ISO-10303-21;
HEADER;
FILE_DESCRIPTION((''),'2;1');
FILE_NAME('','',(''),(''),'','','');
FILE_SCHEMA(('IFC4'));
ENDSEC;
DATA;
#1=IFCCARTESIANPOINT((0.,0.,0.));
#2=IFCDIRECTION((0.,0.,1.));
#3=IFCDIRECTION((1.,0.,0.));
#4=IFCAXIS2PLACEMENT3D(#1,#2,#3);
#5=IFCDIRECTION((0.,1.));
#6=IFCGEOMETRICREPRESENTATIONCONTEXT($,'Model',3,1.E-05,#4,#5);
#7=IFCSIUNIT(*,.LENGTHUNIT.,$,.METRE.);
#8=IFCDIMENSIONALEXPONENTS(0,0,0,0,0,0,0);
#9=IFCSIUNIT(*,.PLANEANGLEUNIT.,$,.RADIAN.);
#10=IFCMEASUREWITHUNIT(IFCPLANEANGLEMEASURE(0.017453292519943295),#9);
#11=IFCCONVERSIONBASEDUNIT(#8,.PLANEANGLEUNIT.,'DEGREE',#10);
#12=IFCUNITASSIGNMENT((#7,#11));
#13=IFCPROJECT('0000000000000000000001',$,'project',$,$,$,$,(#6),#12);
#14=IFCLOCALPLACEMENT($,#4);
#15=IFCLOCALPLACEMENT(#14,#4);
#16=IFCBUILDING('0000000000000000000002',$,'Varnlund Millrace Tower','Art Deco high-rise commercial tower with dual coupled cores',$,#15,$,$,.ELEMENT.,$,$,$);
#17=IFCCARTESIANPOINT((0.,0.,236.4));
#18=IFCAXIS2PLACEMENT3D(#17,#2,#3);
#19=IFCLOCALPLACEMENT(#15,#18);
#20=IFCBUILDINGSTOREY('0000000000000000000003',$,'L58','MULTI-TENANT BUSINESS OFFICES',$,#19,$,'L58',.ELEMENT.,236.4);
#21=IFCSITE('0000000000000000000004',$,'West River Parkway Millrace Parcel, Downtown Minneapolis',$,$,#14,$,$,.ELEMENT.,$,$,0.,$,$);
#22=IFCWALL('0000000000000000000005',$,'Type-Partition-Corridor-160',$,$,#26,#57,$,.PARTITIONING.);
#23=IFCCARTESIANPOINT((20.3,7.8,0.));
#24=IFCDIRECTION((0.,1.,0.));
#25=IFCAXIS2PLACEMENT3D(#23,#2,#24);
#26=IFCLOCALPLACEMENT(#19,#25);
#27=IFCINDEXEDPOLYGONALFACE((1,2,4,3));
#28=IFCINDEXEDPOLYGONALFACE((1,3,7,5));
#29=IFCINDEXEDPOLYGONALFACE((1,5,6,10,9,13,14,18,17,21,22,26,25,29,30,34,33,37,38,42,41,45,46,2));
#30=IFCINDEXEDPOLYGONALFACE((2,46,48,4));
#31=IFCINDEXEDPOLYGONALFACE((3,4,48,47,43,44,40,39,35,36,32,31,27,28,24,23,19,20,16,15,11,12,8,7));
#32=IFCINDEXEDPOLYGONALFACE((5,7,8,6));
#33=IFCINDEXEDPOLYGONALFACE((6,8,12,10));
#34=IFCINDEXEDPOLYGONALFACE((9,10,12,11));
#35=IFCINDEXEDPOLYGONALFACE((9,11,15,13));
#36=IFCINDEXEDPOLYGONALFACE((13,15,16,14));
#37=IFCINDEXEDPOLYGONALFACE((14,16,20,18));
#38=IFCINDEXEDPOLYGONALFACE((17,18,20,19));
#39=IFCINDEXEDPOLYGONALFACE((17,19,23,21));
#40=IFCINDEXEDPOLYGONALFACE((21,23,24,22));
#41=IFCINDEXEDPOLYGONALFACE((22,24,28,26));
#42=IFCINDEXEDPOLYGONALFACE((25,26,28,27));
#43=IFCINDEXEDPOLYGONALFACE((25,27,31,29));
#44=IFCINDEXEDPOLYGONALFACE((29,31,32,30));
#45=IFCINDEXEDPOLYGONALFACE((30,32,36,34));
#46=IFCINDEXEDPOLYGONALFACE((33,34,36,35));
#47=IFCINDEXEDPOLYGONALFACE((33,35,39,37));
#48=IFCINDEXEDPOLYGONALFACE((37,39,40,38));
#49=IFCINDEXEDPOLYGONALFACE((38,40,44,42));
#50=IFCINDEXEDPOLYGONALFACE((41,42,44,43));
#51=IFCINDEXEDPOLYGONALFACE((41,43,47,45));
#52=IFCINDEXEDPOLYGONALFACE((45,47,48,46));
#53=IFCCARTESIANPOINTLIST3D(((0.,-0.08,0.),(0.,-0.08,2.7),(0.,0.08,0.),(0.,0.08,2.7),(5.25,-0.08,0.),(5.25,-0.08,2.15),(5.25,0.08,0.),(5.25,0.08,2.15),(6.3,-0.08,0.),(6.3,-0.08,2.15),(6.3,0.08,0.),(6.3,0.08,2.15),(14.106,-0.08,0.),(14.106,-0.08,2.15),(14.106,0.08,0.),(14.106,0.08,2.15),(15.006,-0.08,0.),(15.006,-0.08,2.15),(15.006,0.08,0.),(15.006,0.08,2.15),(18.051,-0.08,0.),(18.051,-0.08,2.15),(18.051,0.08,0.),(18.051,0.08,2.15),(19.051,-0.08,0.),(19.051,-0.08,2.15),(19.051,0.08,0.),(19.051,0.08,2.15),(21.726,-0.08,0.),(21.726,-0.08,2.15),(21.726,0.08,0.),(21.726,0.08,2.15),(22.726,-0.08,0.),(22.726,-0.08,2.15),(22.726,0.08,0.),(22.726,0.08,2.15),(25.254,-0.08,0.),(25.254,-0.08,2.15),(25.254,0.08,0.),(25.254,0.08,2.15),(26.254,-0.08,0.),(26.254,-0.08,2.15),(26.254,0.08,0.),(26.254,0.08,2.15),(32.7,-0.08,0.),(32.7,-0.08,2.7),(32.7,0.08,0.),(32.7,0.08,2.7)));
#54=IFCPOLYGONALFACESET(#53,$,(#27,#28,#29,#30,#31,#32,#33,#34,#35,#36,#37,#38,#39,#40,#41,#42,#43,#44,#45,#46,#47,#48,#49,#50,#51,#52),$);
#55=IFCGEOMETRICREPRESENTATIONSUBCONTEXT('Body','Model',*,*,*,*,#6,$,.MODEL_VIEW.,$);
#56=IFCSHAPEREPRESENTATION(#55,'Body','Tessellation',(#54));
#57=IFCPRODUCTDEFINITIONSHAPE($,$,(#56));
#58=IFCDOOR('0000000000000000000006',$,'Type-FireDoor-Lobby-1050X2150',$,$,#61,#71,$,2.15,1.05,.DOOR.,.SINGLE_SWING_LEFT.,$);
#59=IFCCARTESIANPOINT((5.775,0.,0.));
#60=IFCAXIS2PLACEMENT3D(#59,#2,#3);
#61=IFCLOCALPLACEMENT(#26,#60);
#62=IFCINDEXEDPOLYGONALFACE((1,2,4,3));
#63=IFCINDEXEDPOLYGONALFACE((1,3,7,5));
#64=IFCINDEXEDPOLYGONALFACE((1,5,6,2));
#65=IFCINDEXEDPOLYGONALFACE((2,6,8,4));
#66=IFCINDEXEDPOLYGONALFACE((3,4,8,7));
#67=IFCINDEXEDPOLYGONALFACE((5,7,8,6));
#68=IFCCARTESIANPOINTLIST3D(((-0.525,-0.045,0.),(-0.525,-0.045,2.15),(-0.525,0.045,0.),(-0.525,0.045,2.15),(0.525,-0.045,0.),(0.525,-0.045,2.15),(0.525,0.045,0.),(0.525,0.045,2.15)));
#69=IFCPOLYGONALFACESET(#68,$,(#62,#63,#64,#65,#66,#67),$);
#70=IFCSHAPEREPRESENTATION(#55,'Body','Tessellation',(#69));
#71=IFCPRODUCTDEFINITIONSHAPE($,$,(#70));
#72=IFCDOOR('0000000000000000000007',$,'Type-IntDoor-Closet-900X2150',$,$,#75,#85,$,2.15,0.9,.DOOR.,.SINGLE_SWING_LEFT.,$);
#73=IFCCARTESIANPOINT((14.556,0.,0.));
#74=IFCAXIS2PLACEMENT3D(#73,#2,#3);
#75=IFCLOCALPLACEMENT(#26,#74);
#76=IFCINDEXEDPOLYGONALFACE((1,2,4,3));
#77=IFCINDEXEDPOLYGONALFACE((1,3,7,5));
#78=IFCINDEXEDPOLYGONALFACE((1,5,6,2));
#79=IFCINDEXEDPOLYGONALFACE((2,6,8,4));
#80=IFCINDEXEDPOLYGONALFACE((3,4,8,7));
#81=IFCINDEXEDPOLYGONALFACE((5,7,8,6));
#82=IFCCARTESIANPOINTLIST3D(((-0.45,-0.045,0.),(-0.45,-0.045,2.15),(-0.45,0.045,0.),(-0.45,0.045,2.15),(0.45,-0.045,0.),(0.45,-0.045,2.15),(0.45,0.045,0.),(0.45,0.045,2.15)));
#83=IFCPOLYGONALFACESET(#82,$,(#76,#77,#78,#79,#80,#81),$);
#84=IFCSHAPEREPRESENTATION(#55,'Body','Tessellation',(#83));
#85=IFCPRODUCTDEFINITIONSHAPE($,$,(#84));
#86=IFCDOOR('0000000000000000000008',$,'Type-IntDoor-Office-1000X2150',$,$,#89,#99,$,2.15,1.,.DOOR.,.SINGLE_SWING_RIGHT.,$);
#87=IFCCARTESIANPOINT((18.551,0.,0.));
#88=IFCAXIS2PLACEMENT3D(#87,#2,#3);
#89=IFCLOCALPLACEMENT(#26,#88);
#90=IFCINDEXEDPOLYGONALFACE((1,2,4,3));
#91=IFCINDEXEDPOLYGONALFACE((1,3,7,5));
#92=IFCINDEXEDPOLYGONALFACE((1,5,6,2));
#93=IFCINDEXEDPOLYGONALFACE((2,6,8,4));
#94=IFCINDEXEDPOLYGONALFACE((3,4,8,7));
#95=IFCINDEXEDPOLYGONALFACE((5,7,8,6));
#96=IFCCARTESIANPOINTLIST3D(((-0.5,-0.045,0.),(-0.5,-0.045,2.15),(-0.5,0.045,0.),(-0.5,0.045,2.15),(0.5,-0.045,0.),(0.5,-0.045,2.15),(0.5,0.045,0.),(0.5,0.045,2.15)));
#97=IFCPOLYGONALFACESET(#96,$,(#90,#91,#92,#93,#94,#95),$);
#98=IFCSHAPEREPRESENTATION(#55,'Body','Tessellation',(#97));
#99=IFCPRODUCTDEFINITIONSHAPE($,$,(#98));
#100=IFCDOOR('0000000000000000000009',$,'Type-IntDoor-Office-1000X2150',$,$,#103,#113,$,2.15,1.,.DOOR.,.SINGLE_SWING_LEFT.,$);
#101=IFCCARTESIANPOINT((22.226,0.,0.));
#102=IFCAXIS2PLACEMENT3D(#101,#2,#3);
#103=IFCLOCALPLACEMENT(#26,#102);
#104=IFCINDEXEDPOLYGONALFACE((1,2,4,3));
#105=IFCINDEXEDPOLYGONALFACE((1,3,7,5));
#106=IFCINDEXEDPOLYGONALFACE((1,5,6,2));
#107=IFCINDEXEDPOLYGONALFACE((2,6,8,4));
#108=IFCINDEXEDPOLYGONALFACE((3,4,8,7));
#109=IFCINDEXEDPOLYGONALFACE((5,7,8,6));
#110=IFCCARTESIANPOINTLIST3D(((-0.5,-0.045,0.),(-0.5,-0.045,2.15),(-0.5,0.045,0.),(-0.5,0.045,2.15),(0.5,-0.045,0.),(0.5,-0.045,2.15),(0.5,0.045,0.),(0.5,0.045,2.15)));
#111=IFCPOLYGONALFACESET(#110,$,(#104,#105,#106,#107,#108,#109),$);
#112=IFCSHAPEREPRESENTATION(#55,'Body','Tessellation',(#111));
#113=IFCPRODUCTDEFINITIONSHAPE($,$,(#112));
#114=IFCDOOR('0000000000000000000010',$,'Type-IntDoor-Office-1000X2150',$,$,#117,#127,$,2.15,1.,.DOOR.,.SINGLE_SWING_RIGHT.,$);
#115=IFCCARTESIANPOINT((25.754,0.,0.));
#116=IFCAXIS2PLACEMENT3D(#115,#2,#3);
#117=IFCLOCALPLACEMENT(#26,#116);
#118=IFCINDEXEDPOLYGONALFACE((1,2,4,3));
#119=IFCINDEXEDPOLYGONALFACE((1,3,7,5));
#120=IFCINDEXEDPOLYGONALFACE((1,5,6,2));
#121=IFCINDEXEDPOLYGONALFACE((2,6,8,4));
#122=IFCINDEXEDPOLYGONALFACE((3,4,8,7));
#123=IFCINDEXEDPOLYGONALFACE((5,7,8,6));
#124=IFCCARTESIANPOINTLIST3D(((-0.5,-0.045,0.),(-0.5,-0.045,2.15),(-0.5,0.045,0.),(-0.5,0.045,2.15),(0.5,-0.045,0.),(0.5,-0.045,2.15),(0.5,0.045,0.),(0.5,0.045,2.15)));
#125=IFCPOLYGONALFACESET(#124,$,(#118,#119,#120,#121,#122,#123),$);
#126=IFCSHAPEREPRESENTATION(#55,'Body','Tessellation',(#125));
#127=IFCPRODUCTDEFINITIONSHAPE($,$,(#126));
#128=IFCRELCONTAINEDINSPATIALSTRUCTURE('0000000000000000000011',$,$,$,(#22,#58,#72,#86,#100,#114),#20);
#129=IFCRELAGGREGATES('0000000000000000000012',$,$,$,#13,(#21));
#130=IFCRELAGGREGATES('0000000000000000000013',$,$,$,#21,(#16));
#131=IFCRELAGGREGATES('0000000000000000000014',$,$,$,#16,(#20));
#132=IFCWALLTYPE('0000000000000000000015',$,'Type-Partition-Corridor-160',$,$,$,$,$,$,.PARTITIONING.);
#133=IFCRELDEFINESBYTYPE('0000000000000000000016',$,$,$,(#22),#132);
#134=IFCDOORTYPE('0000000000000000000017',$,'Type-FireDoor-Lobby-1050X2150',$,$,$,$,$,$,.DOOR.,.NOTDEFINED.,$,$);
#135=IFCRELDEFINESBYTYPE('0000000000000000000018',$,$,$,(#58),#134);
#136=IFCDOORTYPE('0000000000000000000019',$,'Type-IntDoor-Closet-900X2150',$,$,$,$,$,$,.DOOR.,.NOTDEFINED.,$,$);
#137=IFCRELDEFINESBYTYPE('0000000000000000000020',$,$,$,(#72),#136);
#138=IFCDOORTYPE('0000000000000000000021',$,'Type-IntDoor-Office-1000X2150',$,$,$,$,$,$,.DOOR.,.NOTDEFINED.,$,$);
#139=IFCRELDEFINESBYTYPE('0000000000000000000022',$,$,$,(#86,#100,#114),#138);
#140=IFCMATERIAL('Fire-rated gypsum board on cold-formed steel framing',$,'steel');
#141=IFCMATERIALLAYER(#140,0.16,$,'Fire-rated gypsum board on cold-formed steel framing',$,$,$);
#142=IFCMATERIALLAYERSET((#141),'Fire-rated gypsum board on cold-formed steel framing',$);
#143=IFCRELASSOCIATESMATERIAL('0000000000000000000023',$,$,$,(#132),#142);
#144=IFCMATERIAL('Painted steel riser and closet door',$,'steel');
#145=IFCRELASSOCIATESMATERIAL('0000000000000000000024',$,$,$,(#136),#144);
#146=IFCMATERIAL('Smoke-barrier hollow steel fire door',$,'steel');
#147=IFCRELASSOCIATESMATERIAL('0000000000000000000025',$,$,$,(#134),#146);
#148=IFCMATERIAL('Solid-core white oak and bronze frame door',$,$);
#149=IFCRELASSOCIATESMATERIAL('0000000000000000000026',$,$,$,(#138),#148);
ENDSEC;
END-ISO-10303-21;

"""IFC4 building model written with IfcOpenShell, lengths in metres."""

from ifc_helpers import new_model, entity, si_unit, converted_unit, direction, frame, origin_with_axes, origin_2d_with_axis, place, context, subcontext, project, spatial, polyline, rectangle, outline, extrude, material, layer, layer_set, type_object, element, fill, save


model = new_model("IFC4")

# Units and contexts
model_context = context("Model", 3, precision=1e-05, world=origin_with_axes(), true_north=direction((0.0, 1.0)))
body_context = subcontext(model_context, "Body", "Model", "MODEL_VIEW")
ifc_project = project(units=[si_unit("LENGTHUNIT", "METRE"), converted_unit("PLANEANGLEUNIT", "DEGREE", entity("IfcPlaneAngleMeasure", 0.017453292519943295), si_unit("PLANEANGLEUNIT", "RADIAN"), dimensions=[0, 0, 0, 0, 0, 0, 0])], contexts=[model_context])

# Site, building, storey
site_placement = place(None, origin_with_axes())
site = spatial("IfcSite", under=ifc_project, at=site_placement, Name="West River Parkway Millrace Parcel, Downtown Minneapolis", CompositionType="ELEMENT", RefElevation=0.0)
building_placement = place(site_placement, origin_with_axes())
building = spatial("IfcBuilding", under=site, at=building_placement, Name="Varnlund Millrace Tower", Description="Art Deco high-rise commercial tower with dual coupled cores", CompositionType="ELEMENT")
storey_placement = place(building_placement, frame((0.0, 0.0, 236.4), z_axis=(0.0, 0.0, 1.0), x_axis=(1.0, 0.0, 0.0)))
storey = spatial("IfcBuildingStorey", under=building, at=storey_placement, Name="L58", Description="MULTI-TENANT BUSINESS OFFICES", LongName="L58", CompositionType="ELEMENT", Elevation=236.4)

# Shared definitions
ifc_material_1 = material(Name="Fire-rated gypsum board on cold-formed steel framing", Category="steel")
ifc_layer_1 = layer(ifc_material_1, 0.16, Name="Fire-rated gypsum board on cold-formed steel framing")
ifc_layer_set_1 = layer_set([ifc_layer_1], Name="Fire-rated gypsum board on cold-formed steel framing")
wall_type_1 = type_object("IfcWallType", Name="Type-Partition-Corridor-160", PredefinedType="PARTITIONING", material=ifc_layer_set_1)
ifc_material_2 = material(Name="Painted steel riser and closet door", Category="steel")
door_type_1 = type_object("IfcDoorType", Name="Type-IntDoor-Closet-900X2150", OperationType="NOTDEFINED", PredefinedType="DOOR", material=ifc_material_2)

# Wall, openings, doors
wall_1_placement = place(storey_placement, frame((20.3, 7.8, 0.0), z_axis=(0.0, 0.0, 1.0), x_axis=(0.0, 1.0, 0.0)))
wall_1 = element("IfcWall", 1, at=wall_1_placement, inside=storey, type_object=wall_type_1, Name="Type-Partition-Corridor-160", PredefinedType="PARTITIONING", context=body_context, shape_type="SweptSolid", body=[
    extrude(outline(polyline([(0.0, -0.08), (32.7, -0.08), (32.7, 0.08), (0.0, 0.08), (0.0, -0.08)])), origin_with_axes(), (0.0, 0.0, 1.0), 2.7),
])
opening_1_placement = place(wall_1_placement, frame((14.556, 0.0, 0.0), z_axis=(0.0, 0.0, 1.0), x_axis=(1.0, 0.0, 0.0)))
opening_1 = element("IfcOpeningElement", 2, at=opening_1_placement, cuts=wall_1, PredefinedType="OPENING", context=body_context, shape_type="SweptSolid", body=[
    extrude(rectangle(XDim=0.9, YDim=0.18, at=origin_2d_with_axis()), origin_with_axes(), (0.0, 0.0, 1.0), 2.15),
])
opening_2_placement = place(wall_1_placement, frame((18.551, 0.0, 0.0), z_axis=(0.0, 0.0, 1.0), x_axis=(1.0, 0.0, 0.0)))
opening_2 = element("IfcOpeningElement", 3, at=opening_2_placement, cuts=wall_1, PredefinedType="OPENING", context=body_context, shape_type="SweptSolid", body=[
    extrude(rectangle(XDim=1.0, YDim=0.18, at=origin_2d_with_axis()), origin_with_axes(), (0.0, 0.0, 1.0), 2.15),
])
opening_3_placement = place(wall_1_placement, frame((22.226, 0.0, 0.0), z_axis=(0.0, 0.0, 1.0), x_axis=(1.0, 0.0, 0.0)))
opening_3 = element("IfcOpeningElement", 4, at=opening_3_placement, cuts=wall_1, PredefinedType="OPENING", context=body_context, shape_type="SweptSolid", body=[
    extrude(rectangle(XDim=1.0, YDim=0.18, at=origin_2d_with_axis()), origin_with_axes(), (0.0, 0.0, 1.0), 2.15),
])
opening_4_placement = place(wall_1_placement, frame((25.754, 0.0, 0.0), z_axis=(0.0, 0.0, 1.0), x_axis=(1.0, 0.0, 0.0)))
opening_4 = element("IfcOpeningElement", 5, at=opening_4_placement, cuts=wall_1, PredefinedType="OPENING", context=body_context, shape_type="SweptSolid", body=[
    extrude(rectangle(XDim=1.0, YDim=0.18, at=origin_2d_with_axis()), origin_with_axes(), (0.0, 0.0, 1.0), 2.15),
])
opening_5_placement = place(wall_1_placement, frame((5.775, 0.0, 0.0), z_axis=(0.0, 0.0, 1.0), x_axis=(1.0, 0.0, 0.0)))
opening_5 = element("IfcOpeningElement", 6, at=opening_5_placement, cuts=wall_1, PredefinedType="OPENING", context=body_context, shape_type="SweptSolid", body=[
    extrude(rectangle(XDim=1.05, YDim=0.18, at=origin_2d_with_axis()), origin_with_axes(), (0.0, 0.0, 1.0), 2.15),
])
ifc_material_3 = material(Name="Smoke-barrier hollow steel fire door", Category="steel")
door_type_2 = type_object("IfcDoorType", Name="Type-FireDoor-Lobby-1050X2150", OperationType="NOTDEFINED", PredefinedType="DOOR", material=ifc_material_3)
door_1_placement = place(wall_1_placement, frame((5.775, 0.0, 0.0), z_axis=(0.0, 0.0, 1.0), x_axis=(1.0, 0.0, 0.0)))
door_1 = element("IfcDoor", 7, at=door_1_placement, inside=storey, type_object=door_type_2, Name="Type-FireDoor-Lobby-1050X2150", OperationType="SINGLE_SWING_LEFT", OverallHeight=2.15, OverallWidth=1.05, PredefinedType="DOOR", context=body_context, shape_type="SweptSolid", body=[
    extrude(rectangle(XDim=1.05, YDim=0.09, at=origin_2d_with_axis()), origin_with_axes(), (0.0, 0.0, 1.0), 2.15),
])
fill(opening_5, door_1)
door_2_placement = place(wall_1_placement, frame((14.556, 0.0, 0.0), z_axis=(0.0, 0.0, 1.0), x_axis=(1.0, 0.0, 0.0)))
door_2 = element("IfcDoor", 8, at=door_2_placement, inside=storey, type_object=door_type_1, Name="Type-IntDoor-Closet-900X2150", OperationType="SINGLE_SWING_LEFT", OverallHeight=2.15, OverallWidth=0.9, PredefinedType="DOOR", context=body_context, shape_type="SweptSolid", body=[
    extrude(rectangle(XDim=0.9, YDim=0.09, at=origin_2d_with_axis()), origin_with_axes(), (0.0, 0.0, 1.0), 2.15),
])
fill(opening_1, door_2)
ifc_material_4 = material(Name="Solid-core white oak and bronze frame door")
door_type_3 = type_object("IfcDoorType", Name="Type-IntDoor-Office-1000X2150", OperationType="NOTDEFINED", PredefinedType="DOOR", material=ifc_material_4)
door_3_placement = place(wall_1_placement, frame((18.551, 0.0, 0.0), z_axis=(0.0, 0.0, 1.0), x_axis=(1.0, 0.0, 0.0)))
door_3 = element("IfcDoor", 9, at=door_3_placement, inside=storey, type_object=door_type_3, Name="Type-IntDoor-Office-1000X2150", OperationType="SINGLE_SWING_RIGHT", OverallHeight=2.15, OverallWidth=1.0, PredefinedType="DOOR", context=body_context, shape_type="SweptSolid", body=[
    extrude(rectangle(XDim=1.0, YDim=0.09, at=origin_2d_with_axis()), origin_with_axes(), (0.0, 0.0, 1.0), 2.15),
])
fill(opening_2, door_3)
door_4_placement = place(wall_1_placement, frame((22.226, 0.0, 0.0), z_axis=(0.0, 0.0, 1.0), x_axis=(1.0, 0.0, 0.0)))
door_4 = element("IfcDoor", 10, at=door_4_placement, inside=storey, type_object=door_type_3, Name="Type-IntDoor-Office-1000X2150", OperationType="SINGLE_SWING_LEFT", OverallHeight=2.15, OverallWidth=1.0, PredefinedType="DOOR", context=body_context, shape_type="SweptSolid", body=[
    extrude(rectangle(XDim=1.0, YDim=0.09, at=origin_2d_with_axis()), origin_with_axes(), (0.0, 0.0, 1.0), 2.15),
])
fill(opening_3, door_4)
door_5_placement = place(wall_1_placement, frame((25.754, 0.0, 0.0), z_axis=(0.0, 0.0, 1.0), x_axis=(1.0, 0.0, 0.0)))
door_5 = element("IfcDoor", 11, at=door_5_placement, inside=storey, type_object=door_type_3, Name="Type-IntDoor-Office-1000X2150", OperationType="SINGLE_SWING_RIGHT", OverallHeight=2.15, OverallWidth=1.0, PredefinedType="DOOR", context=body_context, shape_type="SweptSolid", body=[
    extrude(rectangle(XDim=1.0, YDim=0.09, at=origin_2d_with_axis()), origin_with_axes(), (0.0, 0.0, 1.0), 2.15),
])
fill(opening_4, door_5)

save(model, "model.ifc")
